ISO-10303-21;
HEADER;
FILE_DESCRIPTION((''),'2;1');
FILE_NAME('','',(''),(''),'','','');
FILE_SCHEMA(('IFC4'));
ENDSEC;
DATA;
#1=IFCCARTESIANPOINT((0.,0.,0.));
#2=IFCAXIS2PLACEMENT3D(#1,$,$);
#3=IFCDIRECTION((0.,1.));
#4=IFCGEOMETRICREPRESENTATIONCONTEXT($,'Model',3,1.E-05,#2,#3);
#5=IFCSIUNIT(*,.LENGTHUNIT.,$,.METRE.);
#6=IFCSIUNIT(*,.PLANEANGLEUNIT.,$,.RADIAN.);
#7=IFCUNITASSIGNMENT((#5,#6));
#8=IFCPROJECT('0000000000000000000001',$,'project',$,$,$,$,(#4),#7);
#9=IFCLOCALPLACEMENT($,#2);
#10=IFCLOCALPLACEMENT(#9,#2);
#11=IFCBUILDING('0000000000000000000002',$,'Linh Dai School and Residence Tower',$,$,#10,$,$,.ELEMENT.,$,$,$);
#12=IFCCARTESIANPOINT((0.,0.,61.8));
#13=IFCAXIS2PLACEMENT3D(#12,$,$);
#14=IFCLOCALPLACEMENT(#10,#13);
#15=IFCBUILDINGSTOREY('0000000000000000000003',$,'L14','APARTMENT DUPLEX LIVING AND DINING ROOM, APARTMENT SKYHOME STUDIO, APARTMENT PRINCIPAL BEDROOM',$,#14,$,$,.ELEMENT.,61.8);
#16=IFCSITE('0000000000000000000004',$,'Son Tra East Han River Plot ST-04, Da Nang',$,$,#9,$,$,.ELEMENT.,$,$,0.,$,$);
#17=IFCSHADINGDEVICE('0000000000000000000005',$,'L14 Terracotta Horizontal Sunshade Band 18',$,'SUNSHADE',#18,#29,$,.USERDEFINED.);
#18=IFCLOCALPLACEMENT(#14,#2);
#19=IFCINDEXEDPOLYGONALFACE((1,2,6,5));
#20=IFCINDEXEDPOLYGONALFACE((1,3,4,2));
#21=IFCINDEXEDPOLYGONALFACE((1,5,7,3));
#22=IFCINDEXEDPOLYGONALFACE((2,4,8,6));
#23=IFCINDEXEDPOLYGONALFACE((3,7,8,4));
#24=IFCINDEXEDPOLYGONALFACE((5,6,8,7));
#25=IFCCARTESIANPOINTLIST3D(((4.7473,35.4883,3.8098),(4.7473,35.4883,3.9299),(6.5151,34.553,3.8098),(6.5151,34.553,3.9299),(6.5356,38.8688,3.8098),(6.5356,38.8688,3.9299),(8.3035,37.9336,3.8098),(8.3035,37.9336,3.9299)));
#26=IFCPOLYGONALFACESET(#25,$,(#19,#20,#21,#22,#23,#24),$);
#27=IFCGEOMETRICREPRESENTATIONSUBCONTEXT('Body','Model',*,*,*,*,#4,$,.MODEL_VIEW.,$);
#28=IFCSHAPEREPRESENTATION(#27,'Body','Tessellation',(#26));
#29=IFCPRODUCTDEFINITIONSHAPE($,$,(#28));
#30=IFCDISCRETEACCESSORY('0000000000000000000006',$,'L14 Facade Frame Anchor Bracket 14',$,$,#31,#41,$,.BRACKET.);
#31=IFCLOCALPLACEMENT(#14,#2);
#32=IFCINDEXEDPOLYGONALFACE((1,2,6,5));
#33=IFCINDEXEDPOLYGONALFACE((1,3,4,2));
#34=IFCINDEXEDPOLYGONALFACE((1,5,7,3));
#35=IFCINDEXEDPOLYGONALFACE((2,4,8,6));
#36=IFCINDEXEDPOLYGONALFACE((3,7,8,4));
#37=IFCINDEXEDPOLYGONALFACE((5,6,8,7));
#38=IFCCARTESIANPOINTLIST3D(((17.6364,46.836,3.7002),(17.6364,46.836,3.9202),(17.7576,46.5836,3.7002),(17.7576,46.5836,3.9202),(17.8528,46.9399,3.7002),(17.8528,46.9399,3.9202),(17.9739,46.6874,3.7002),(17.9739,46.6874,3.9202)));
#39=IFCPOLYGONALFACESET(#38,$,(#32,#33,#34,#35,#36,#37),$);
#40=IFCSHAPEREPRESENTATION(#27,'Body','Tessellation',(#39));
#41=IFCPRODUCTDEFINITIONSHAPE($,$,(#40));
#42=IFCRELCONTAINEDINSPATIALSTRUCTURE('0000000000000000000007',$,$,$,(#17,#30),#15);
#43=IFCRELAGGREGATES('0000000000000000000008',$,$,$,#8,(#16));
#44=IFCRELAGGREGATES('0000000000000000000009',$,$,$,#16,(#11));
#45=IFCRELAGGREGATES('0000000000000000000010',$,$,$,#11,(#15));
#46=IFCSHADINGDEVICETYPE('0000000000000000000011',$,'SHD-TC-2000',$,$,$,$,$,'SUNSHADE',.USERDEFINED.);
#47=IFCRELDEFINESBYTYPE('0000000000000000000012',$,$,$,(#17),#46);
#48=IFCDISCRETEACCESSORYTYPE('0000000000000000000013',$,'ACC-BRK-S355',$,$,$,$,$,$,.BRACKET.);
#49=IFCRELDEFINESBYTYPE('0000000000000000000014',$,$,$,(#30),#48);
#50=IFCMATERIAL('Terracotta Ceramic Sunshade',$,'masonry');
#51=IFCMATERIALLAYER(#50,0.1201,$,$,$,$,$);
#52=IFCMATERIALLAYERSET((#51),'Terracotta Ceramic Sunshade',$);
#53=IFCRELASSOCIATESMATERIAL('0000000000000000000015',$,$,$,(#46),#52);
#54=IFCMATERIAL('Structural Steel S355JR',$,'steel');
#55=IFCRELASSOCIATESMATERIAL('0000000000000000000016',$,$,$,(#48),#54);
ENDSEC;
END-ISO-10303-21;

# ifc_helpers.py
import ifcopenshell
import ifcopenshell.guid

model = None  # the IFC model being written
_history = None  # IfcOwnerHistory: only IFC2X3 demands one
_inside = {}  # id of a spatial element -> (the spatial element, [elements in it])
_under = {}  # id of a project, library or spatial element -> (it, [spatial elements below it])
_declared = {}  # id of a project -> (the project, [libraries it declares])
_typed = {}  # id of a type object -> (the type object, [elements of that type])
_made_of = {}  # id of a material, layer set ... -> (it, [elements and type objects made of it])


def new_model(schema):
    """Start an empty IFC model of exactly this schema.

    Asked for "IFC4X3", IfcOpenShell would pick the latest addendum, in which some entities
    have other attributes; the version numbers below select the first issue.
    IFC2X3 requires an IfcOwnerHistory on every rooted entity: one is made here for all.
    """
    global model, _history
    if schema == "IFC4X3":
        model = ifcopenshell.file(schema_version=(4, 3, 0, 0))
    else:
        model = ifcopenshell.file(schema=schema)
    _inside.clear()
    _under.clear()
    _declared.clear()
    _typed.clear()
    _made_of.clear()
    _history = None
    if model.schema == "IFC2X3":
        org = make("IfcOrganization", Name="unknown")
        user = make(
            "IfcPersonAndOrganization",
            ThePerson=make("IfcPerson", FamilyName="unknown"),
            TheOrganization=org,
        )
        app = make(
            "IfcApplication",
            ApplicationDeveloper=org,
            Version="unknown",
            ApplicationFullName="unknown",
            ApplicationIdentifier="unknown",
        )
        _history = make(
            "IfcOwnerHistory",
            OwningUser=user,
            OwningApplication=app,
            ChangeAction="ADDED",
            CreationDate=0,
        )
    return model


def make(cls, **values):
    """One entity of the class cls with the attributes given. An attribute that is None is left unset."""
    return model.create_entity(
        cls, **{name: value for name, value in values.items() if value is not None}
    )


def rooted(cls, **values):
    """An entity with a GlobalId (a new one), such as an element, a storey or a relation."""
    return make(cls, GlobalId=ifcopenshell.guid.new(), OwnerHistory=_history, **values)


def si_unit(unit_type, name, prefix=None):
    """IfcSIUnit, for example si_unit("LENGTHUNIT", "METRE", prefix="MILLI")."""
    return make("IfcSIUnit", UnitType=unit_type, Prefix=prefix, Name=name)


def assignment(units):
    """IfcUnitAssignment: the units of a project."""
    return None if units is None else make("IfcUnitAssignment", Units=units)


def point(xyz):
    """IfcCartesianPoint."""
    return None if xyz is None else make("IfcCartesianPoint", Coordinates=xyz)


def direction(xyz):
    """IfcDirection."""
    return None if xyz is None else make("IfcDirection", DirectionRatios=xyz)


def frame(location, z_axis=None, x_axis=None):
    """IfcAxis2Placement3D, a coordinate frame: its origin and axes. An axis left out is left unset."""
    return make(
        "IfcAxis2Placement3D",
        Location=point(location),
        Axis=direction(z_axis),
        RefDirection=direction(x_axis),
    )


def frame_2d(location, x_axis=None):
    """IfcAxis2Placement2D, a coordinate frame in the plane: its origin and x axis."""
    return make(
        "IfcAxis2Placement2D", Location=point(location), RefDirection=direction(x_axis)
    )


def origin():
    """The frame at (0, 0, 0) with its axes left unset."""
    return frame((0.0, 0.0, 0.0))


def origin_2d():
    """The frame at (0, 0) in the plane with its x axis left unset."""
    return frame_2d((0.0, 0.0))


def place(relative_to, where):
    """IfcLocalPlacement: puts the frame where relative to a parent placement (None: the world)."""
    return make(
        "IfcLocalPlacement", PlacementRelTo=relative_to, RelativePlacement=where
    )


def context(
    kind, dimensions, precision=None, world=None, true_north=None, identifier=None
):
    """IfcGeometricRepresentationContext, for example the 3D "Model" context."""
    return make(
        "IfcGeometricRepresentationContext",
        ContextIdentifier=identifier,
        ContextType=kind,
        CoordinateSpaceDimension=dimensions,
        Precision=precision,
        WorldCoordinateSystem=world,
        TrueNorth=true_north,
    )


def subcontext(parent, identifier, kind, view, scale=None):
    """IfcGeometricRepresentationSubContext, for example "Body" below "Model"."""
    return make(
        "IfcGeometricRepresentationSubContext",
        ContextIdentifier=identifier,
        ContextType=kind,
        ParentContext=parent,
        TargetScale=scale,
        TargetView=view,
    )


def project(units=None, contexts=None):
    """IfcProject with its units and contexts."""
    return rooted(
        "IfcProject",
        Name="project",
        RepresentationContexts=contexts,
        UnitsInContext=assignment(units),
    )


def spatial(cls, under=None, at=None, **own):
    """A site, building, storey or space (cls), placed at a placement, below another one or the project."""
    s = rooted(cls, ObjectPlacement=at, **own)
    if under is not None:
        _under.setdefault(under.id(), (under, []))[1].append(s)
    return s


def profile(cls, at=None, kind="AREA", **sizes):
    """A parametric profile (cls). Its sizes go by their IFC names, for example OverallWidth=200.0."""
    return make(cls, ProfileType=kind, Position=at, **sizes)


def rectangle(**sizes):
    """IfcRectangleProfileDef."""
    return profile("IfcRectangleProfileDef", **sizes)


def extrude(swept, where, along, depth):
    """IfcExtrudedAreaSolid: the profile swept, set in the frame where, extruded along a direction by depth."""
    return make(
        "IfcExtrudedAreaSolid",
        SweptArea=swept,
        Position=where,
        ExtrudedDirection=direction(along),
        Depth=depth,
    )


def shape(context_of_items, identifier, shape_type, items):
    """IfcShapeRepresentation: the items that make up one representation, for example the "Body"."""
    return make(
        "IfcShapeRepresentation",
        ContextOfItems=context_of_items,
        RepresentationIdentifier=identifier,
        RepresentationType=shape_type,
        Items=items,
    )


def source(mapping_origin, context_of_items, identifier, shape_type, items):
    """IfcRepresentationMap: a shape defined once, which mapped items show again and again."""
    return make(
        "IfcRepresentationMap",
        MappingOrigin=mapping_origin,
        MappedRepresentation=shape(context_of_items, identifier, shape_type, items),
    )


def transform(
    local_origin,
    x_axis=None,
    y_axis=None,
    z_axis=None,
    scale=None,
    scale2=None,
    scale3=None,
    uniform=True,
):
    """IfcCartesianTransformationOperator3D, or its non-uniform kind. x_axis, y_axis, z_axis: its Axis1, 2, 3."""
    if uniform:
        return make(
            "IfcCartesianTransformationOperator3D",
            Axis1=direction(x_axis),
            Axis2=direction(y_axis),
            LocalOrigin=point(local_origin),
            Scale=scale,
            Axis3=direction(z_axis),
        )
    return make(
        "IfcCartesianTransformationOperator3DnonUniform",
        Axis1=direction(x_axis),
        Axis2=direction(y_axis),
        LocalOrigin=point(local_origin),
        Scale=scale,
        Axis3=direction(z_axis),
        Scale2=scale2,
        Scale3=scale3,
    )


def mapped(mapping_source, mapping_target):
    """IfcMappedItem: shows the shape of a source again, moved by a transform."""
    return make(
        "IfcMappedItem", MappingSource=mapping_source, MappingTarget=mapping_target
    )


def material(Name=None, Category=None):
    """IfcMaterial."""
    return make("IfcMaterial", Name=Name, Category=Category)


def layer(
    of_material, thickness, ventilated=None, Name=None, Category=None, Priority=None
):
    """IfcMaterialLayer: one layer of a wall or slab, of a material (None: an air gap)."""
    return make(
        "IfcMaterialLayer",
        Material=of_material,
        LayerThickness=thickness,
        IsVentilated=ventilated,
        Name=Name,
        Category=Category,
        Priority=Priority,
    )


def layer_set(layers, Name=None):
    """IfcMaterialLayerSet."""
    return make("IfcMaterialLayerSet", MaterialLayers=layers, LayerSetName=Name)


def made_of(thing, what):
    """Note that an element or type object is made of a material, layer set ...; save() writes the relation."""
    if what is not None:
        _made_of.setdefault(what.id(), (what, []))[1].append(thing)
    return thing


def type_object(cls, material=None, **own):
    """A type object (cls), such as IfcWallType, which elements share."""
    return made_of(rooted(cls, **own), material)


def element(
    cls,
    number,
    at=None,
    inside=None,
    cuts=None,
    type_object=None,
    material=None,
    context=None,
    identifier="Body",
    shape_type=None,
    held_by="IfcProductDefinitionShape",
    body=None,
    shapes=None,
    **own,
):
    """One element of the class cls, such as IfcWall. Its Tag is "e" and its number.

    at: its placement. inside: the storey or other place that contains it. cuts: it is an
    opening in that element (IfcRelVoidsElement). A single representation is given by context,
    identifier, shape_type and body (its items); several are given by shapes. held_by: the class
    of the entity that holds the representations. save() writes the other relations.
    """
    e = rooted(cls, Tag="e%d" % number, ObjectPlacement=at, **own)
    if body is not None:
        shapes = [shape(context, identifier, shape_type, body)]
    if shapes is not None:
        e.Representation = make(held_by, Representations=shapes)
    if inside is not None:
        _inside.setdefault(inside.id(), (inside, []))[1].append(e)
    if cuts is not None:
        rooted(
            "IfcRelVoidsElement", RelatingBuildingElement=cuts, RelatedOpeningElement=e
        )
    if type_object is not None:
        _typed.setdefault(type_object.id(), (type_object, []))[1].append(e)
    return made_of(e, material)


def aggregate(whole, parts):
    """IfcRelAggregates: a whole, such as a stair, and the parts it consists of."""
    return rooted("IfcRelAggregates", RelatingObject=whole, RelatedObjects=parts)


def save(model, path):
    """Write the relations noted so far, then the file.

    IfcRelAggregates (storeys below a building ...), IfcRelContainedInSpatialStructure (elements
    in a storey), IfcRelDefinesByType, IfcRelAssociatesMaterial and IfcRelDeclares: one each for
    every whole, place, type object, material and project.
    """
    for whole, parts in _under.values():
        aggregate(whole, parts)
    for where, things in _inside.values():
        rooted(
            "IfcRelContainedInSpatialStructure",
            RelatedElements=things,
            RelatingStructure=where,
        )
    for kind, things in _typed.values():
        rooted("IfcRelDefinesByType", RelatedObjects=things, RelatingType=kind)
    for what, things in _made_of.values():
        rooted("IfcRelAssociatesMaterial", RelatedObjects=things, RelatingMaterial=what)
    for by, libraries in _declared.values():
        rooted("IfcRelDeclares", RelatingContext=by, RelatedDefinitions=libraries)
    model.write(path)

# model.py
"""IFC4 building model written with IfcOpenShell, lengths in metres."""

from ifc_helpers import new_model, si_unit, direction, frame, origin, origin_2d, place, context, subcontext, project, spatial, rectangle, extrude, source, transform, mapped, material, layer, layer_set, type_object, element, save


model = new_model("IFC4")

# Units and contexts
model_context = context("Model", 3, precision=1e-05, world=origin(), true_north=direction((0.0, 1.0)))
body_context = subcontext(model_context, "Body", "Model", "MODEL_VIEW")
ifc_project = project(units=[si_unit("LENGTHUNIT", "METRE"), si_unit("PLANEANGLEUNIT", "RADIAN")], contexts=[model_context])

# Site, building, storey
site_placement = place(None, origin())
site = spatial("IfcSite", under=ifc_project, at=site_placement, Name="Son Tra East Han River Plot ST-04, Da Nang", CompositionType="ELEMENT", RefElevation=0.0)
building_placement = place(site_placement, origin())
building = spatial("IfcBuilding", under=site, at=building_placement, Name="Linh Dai School and Residence Tower", CompositionType="ELEMENT")
storey_placement = place(building_placement, frame((0.0, 0.0, 61.8)))
storey = spatial("IfcBuildingStorey", under=building, at=storey_placement, Name="L14", Description="APARTMENT DUPLEX LIVING AND DINING ROOM, APARTMENT SKYHOME STUDIO, APARTMENT PRINCIPAL BEDROOM", CompositionType="ELEMENT", Elevation=61.8)

# Shared definitions
ifc_material_1 = material(Name="Structural Steel S355JR", Category="steel")

# Shading device
ifc_material_2 = material(Name="Terracotta Ceramic Sunshade", Category="masonry")
ifc_layer_1 = layer(ifc_material_2, 0.1201)
ifc_layer_set_1 = layer_set([ifc_layer_1], Name="Terracotta Ceramic Sunshade")
shading_device_type = type_object("IfcShadingDeviceType", Name="SHD-TC-2000", ElementType="SUNSHADE", PredefinedType="USERDEFINED", material=ifc_layer_set_1)
shared_shape_1 = source(origin(), body_context, "Body", "SweptSolid", [
    extrude(rectangle(XDim=3.8245, YDim=2.0, at=origin_2d()), origin(), (0.0, 0.0, 1.0), 0.1201),
])
shading_device_1_placement = place(storey_placement, frame((6.5254, 36.7109, 3.8098), z_axis=(0.0, 0.0, 1.0), x_axis=(0.467612, 0.883934, 0.0)))
element("IfcShadingDevice", 1, at=shading_device_1_placement, inside=storey, type_object=shading_device_type, Name="L14 Terracotta Horizontal Sunshade Band 18", ObjectType="SUNSHADE", PredefinedType="USERDEFINED", context=body_context, shape_type="MappedRepresentation", body=[
    mapped(shared_shape_1, transform((0.0, 0.0, 0.0), x_axis=(1.0, 0.0, 0.0), y_axis=(0.0, 1.0, 0.0), z_axis=(0.0, 0.0, 1.0), scale=1.0)),
])

# Discrete accessory
discrete_accessory_type = type_object("IfcDiscreteAccessoryType", Name="ACC-BRK-S355", PredefinedType="BRACKET", material=ifc_material_1)
shared_shape_2 = source(origin(), body_context, "Body", "SweptSolid", [
    extrude(rectangle(XDim=0.28, YDim=0.24, at=origin_2d()), origin(), (0.0, 0.0, 1.0), 0.22),
])
discrete_accessory_placement = place(storey_placement, frame((17.8052, 46.7617, 3.7002), z_axis=(0.0, 0.0, 1.0), x_axis=(-0.432603, 0.901585, 0.0)))
element("IfcDiscreteAccessory", 2, at=discrete_accessory_placement, inside=storey, type_object=discrete_accessory_type, Name="L14 Facade Frame Anchor Bracket 14", PredefinedType="BRACKET", context=body_context, shape_type="MappedRepresentation", body=[
    mapped(shared_shape_2, transform((0.0, 0.0, 0.0), x_axis=(1.0, 0.0, 0.0), y_axis=(0.0, 1.0, 0.0), z_axis=(0.0, 0.0, 1.0), scale=1.0)),
])

save(model, "model.ifc")
